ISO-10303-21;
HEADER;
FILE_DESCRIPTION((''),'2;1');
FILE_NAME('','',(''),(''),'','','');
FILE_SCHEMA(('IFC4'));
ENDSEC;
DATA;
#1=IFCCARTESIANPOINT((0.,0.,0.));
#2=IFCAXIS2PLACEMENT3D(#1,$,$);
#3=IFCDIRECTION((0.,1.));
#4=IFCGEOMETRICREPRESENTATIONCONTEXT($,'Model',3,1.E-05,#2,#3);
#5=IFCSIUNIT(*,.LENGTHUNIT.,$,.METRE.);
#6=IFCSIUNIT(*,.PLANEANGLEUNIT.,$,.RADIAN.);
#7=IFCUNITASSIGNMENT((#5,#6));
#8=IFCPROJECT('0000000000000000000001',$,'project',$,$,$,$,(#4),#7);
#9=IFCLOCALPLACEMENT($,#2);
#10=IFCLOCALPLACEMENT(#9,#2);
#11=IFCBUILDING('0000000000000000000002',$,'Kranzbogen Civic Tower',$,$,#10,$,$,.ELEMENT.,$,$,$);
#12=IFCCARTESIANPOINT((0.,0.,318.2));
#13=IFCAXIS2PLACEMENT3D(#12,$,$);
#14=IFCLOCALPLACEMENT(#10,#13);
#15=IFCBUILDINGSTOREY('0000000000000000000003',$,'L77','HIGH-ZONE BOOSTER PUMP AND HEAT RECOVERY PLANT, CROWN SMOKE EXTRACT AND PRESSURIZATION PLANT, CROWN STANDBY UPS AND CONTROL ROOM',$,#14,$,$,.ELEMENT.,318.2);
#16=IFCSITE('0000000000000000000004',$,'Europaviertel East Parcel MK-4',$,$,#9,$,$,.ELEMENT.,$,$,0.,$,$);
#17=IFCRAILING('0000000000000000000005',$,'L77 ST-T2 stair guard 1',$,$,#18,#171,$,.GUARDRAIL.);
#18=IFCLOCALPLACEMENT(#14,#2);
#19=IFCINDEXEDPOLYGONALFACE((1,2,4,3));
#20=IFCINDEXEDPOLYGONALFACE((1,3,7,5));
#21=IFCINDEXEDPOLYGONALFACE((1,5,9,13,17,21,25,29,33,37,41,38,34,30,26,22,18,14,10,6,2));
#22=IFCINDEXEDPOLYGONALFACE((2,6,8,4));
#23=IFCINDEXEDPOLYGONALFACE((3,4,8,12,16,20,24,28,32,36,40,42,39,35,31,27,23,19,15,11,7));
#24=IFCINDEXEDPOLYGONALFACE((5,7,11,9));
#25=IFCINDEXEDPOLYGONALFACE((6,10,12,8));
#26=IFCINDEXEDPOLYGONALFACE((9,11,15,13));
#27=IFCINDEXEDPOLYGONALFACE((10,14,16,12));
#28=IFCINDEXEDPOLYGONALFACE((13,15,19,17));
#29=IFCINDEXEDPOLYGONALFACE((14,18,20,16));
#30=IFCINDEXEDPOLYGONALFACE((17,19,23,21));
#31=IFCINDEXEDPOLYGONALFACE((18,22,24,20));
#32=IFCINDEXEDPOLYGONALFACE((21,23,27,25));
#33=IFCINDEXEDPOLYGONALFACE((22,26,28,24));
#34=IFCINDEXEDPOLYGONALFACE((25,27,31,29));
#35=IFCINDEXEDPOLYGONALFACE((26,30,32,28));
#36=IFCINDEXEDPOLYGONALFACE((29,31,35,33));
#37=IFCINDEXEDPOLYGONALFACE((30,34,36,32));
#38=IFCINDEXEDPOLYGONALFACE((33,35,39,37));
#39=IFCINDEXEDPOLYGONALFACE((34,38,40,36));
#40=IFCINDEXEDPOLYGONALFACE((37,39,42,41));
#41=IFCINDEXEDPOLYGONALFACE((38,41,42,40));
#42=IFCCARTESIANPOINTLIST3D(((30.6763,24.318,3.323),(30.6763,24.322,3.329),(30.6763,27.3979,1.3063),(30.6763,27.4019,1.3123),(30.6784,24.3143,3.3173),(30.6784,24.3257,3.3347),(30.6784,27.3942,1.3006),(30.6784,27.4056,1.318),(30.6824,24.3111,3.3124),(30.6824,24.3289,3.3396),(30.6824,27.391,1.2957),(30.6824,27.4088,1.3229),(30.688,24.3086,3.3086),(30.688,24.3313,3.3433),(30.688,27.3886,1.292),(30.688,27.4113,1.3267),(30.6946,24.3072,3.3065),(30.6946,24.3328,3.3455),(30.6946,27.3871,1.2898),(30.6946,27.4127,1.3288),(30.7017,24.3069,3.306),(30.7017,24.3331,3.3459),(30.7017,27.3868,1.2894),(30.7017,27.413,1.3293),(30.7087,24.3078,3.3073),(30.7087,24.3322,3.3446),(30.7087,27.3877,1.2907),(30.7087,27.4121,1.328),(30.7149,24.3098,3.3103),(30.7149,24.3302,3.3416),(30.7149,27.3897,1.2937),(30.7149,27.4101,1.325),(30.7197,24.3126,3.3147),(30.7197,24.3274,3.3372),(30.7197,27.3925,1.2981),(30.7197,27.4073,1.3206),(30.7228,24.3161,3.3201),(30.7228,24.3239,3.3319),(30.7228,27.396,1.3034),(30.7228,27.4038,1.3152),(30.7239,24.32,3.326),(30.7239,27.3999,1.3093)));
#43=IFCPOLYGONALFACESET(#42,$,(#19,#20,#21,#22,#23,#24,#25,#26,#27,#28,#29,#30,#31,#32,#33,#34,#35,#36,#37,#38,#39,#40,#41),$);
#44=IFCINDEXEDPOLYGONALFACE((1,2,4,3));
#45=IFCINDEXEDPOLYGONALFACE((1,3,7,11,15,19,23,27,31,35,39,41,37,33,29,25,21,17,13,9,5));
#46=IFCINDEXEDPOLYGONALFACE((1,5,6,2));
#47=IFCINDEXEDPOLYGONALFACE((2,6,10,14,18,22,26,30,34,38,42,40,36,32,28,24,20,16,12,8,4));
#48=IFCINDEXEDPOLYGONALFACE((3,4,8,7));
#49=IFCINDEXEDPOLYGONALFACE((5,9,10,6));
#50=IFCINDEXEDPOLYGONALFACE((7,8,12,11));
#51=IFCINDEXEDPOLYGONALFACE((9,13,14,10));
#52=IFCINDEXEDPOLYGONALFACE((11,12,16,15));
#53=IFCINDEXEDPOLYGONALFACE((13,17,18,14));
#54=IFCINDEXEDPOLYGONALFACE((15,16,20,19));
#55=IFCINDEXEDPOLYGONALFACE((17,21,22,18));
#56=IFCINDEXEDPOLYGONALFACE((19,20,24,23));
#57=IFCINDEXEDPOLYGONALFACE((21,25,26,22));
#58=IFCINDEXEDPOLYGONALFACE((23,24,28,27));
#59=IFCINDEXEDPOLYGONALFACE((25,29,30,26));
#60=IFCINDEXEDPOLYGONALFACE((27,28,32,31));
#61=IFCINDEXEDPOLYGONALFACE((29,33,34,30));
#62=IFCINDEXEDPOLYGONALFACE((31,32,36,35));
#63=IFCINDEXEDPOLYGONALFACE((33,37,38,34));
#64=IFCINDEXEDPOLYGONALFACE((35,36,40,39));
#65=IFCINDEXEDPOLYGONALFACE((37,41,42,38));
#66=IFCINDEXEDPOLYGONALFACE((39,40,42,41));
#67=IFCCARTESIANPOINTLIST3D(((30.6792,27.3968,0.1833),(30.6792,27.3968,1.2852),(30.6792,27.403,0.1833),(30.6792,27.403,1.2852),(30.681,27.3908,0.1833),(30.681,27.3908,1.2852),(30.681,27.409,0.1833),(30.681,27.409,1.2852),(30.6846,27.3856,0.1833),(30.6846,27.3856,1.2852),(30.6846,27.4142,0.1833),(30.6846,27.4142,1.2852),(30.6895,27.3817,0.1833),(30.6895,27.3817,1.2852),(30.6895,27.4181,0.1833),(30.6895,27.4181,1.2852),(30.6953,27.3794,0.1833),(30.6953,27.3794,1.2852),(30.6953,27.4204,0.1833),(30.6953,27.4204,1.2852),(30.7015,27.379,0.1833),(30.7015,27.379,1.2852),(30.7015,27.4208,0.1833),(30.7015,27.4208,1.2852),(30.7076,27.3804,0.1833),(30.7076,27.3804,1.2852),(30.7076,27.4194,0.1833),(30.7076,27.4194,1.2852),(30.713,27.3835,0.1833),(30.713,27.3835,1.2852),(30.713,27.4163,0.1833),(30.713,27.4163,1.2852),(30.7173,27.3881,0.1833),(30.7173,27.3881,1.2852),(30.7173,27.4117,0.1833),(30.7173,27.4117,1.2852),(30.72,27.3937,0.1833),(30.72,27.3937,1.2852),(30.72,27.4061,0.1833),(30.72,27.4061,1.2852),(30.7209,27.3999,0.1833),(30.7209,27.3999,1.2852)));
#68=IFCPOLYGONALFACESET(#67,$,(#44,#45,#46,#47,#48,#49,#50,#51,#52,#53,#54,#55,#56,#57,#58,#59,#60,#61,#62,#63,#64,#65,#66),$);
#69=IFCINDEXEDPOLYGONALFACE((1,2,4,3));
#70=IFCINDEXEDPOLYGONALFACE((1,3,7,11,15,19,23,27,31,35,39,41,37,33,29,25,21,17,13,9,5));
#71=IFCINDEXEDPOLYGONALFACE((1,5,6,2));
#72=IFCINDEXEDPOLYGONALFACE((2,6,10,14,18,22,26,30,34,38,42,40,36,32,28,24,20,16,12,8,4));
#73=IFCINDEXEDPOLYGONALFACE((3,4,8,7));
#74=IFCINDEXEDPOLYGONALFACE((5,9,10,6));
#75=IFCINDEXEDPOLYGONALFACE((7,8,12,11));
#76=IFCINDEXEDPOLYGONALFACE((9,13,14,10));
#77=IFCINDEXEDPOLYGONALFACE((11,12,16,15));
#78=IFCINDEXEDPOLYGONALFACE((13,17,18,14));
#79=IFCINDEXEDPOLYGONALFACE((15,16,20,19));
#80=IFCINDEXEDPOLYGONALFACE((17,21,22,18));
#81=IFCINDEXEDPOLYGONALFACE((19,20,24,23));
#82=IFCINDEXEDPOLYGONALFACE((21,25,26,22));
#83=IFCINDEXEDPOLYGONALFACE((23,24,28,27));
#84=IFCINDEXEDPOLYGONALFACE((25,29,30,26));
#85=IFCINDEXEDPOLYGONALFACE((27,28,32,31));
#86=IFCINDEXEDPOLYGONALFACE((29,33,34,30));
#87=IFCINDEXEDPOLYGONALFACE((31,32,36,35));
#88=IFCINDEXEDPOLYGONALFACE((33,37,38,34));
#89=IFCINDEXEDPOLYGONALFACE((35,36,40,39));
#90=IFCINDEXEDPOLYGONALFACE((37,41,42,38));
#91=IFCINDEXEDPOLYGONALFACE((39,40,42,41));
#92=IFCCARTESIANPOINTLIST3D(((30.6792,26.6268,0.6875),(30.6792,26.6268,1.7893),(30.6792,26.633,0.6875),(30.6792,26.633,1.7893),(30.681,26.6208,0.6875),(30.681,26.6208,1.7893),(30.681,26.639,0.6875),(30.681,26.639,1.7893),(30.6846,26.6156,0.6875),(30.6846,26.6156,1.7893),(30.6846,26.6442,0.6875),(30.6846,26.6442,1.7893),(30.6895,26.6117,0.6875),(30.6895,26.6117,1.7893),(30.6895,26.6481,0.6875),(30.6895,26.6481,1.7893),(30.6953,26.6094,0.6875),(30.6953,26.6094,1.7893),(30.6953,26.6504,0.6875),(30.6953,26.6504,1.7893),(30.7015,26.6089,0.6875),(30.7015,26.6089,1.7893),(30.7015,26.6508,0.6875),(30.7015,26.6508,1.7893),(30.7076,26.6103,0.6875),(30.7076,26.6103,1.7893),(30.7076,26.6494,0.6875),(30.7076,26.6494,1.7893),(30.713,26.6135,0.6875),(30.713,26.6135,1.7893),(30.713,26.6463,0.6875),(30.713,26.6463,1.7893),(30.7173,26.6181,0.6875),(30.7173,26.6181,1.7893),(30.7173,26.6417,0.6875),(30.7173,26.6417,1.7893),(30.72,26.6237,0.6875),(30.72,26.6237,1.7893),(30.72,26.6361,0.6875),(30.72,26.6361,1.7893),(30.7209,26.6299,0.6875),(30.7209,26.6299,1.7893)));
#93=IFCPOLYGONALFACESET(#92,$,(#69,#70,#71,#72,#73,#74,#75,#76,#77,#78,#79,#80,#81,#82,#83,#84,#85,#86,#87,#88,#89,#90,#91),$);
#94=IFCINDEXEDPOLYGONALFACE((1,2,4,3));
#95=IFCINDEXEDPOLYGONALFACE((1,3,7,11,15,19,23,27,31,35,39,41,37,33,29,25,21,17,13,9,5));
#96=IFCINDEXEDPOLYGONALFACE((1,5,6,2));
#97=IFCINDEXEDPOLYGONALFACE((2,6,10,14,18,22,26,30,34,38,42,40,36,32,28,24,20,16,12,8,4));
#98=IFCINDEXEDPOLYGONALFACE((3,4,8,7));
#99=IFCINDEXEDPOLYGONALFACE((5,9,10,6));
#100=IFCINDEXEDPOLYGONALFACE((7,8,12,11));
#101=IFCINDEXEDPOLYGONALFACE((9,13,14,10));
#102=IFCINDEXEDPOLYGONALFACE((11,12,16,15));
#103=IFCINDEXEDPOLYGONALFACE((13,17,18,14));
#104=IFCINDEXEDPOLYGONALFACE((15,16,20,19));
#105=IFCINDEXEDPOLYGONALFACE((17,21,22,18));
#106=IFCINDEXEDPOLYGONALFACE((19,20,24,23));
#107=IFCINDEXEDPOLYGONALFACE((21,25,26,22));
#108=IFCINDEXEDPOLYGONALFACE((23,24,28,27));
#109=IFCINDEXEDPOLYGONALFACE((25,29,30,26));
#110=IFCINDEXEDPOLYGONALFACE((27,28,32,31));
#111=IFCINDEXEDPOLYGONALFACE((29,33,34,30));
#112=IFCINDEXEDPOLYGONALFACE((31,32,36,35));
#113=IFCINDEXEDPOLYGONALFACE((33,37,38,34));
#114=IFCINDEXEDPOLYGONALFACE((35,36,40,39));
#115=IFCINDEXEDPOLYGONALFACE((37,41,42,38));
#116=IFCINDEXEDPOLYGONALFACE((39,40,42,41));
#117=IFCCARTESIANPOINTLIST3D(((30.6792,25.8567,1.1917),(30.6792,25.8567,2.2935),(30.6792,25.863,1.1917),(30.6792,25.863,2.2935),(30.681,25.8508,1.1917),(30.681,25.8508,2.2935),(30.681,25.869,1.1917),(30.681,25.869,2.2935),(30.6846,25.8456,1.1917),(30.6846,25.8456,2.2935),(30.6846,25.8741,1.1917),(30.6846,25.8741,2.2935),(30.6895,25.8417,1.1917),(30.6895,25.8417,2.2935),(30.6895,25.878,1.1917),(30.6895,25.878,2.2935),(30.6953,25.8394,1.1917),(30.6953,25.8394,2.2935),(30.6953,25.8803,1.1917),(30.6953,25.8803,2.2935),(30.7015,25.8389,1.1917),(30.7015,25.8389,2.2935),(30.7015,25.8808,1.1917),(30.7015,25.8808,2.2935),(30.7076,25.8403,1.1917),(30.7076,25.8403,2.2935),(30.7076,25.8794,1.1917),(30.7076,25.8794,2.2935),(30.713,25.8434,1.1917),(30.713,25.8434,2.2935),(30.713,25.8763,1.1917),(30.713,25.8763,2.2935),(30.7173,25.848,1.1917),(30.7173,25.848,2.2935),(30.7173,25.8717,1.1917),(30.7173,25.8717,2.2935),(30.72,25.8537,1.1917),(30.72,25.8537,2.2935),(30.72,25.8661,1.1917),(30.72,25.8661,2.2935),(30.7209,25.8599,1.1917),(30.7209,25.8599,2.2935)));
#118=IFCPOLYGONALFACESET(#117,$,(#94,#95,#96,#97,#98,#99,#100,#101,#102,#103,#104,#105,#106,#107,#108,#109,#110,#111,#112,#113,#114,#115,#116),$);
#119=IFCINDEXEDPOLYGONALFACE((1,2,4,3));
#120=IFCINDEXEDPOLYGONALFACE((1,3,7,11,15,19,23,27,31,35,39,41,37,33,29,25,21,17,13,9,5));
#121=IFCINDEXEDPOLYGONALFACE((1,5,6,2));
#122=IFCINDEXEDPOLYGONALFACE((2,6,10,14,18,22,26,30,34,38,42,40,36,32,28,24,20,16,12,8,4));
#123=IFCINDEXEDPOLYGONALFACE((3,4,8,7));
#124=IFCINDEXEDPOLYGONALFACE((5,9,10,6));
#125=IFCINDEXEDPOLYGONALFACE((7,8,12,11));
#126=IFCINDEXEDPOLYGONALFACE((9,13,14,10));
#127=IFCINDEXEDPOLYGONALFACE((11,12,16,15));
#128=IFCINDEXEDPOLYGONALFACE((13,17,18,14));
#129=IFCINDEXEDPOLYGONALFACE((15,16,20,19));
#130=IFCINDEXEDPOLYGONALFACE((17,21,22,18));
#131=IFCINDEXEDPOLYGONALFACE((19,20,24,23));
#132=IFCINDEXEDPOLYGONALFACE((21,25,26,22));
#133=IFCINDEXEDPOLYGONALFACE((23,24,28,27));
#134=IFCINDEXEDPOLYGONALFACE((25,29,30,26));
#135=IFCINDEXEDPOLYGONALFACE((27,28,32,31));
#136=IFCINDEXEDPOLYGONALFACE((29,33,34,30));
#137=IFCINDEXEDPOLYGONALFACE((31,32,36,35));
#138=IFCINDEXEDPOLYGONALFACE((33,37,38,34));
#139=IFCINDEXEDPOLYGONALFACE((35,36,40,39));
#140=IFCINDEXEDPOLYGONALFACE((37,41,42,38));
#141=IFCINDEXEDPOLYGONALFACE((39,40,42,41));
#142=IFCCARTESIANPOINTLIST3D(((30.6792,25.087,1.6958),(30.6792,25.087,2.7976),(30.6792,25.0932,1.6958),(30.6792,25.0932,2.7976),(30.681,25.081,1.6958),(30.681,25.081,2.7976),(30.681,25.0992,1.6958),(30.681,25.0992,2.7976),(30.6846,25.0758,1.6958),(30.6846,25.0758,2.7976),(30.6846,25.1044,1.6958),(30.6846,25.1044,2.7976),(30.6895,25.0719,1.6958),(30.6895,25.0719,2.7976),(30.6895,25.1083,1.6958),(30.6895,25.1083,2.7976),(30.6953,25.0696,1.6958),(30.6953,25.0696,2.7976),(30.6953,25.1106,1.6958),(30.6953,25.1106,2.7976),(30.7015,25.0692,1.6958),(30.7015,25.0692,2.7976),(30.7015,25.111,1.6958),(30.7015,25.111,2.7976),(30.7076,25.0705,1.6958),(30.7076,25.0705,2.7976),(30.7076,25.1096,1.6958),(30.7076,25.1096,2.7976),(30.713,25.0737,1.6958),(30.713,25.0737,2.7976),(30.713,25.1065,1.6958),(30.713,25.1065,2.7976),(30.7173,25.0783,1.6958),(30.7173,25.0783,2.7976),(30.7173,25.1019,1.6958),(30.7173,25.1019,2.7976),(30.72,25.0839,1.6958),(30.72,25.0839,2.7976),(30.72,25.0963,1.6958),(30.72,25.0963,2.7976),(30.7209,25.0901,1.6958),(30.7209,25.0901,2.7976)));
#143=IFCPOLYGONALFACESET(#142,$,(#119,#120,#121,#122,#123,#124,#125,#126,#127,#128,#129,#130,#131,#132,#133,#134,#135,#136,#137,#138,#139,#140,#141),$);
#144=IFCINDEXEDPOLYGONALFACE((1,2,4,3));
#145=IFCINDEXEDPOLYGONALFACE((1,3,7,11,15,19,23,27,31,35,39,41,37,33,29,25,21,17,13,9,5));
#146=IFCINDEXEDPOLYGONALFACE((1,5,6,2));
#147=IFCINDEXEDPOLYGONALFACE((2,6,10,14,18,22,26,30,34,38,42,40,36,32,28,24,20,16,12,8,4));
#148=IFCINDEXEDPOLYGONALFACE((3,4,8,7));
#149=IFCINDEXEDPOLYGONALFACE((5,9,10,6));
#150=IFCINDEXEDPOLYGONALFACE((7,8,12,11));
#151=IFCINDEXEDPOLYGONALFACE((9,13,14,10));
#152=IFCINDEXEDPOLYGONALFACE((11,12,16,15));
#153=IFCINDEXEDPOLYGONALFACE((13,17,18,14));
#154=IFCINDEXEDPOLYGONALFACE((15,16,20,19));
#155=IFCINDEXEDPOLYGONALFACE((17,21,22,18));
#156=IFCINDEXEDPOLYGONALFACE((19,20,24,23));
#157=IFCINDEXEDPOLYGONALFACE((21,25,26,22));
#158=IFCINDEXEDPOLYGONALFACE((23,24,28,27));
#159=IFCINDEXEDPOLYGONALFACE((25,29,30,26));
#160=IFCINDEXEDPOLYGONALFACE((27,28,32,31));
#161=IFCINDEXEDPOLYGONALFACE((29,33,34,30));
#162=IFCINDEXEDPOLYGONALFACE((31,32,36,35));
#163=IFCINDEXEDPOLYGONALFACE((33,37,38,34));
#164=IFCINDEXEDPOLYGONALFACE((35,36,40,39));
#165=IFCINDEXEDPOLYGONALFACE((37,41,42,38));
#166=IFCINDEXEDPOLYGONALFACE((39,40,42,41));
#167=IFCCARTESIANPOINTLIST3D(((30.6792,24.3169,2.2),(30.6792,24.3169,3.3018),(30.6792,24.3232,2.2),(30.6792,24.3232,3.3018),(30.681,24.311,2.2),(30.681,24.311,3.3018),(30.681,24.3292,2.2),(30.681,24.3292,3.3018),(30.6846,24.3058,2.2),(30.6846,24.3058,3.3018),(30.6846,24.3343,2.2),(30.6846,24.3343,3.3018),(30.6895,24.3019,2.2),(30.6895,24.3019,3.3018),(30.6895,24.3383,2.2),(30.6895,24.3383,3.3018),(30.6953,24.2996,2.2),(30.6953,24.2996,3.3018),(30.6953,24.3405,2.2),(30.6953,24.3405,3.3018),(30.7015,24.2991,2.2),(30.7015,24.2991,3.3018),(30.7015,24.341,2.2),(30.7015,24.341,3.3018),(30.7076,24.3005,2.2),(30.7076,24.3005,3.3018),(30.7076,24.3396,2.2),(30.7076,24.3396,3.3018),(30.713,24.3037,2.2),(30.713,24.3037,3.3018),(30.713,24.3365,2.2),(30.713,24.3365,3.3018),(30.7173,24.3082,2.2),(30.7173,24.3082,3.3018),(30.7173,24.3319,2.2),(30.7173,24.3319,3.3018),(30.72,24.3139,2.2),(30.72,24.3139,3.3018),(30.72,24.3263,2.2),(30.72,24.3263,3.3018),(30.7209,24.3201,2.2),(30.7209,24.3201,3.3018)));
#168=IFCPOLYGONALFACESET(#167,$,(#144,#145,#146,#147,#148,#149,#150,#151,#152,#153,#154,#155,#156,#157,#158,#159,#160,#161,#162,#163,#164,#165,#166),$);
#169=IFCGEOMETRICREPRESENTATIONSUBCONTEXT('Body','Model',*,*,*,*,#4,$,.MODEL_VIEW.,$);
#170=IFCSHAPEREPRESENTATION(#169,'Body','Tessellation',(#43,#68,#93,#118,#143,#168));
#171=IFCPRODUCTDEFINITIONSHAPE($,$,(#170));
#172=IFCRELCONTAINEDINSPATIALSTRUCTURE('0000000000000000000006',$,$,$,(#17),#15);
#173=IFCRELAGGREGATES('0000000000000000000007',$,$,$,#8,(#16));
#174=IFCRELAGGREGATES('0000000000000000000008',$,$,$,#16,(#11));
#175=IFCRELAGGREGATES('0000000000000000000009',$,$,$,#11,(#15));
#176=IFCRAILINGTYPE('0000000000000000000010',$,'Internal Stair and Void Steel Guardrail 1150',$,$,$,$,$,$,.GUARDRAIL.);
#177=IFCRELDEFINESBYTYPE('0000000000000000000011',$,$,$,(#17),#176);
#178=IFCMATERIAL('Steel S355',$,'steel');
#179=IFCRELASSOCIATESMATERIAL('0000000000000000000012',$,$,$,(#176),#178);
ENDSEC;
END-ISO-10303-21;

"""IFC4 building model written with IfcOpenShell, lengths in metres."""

from ifc_helpers import new_model, si_unit, direction, frame, origin, origin_2d, place, context, subcontext, project, spatial, circle, extrude, material, type_object, element, save


model = new_model("IFC4")

# Units and contexts
model_context = context("Model", 3, precision=1e-05, world=origin(), true_north=direction((0.0, 1.0)))
body_context = subcontext(model_context, "Body", "Model", "MODEL_VIEW")
ifc_project = project(units=[si_unit("LENGTHUNIT", "METRE"), si_unit("PLANEANGLEUNIT", "RADIAN")], contexts=[model_context])

# Site, building, storey
site_placement = place(None, origin())
site = spatial("IfcSite", under=ifc_project, at=site_placement, Name="Europaviertel East Parcel MK-4", CompositionType="ELEMENT", RefElevation=0.0)
building_placement = place(site_placement, origin())
building = spatial("IfcBuilding", under=site, at=building_placement, Name="Kranzbogen Civic Tower", CompositionType="ELEMENT")
storey_placement = place(building_placement, frame((0.0, 0.0, 318.2)))
storey = spatial("IfcBuildingStorey", under=building, at=storey_placement, Name="L77", Description="HIGH-ZONE BOOSTER PUMP AND HEAT RECOVERY PLANT, CROWN SMOKE EXTRACT AND PRESSURIZATION PLANT, CROWN STANDBY UPS AND CONTROL ROOM", CompositionType="ELEMENT", Elevation=318.2)

# Shared definitions
ifc_material_1 = material(Name="Steel S355", Category="steel")

# Railing
railing_type_1 = type_object("IfcRailingType", Name="Internal Stair and Void Steel Guardrail 1150", PredefinedType="GUARDRAIL", material=ifc_material_1)
railing_1_placement = place(storey_placement, frame((30.7, 27.3999, 0.1833)))
element("IfcRailing", 1, at=railing_1_placement, inside=storey, type_object=railing_type_1, Name="L77 ST-T2 stair guard 1", PredefinedType="GUARDRAIL", context=body_context, shape_type="SweptSolid", body=[
    extrude(circle(Radius=0.0239, at=origin_2d()), frame((0.0, 0.0, 1.126), z_axis=(0.0, -0.836613, 0.547794), x_axis=(1.0, 0.0, 0.0)), (0.0, 0.0, 1.0), 3.6814),
    extrude(circle(Radius=0.021, at=origin_2d()), origin(), (0.0, 0.0, 1.0), 1.1018),
    extrude(circle(Radius=0.021, at=origin_2d()), frame((0.0, -0.77, 0.5042)), (0.0, 0.0, 1.0), 1.1018),
    extrude(circle(Radius=0.021, at=origin_2d()), frame((0.0, -1.54, 1.0083)), (0.0, 0.0, 1.0), 1.1018),
    extrude(circle(Radius=0.021, at=origin_2d()), frame((0.0, -2.3098, 1.5125)), (0.0, 0.0, 1.0), 1.1018),
    extrude(circle(Radius=0.021, at=origin_2d()), frame((0.0, -3.0798, 2.0166)), (0.0, 0.0, 1.0), 1.1018),
])

save(model, "model.ifc")
